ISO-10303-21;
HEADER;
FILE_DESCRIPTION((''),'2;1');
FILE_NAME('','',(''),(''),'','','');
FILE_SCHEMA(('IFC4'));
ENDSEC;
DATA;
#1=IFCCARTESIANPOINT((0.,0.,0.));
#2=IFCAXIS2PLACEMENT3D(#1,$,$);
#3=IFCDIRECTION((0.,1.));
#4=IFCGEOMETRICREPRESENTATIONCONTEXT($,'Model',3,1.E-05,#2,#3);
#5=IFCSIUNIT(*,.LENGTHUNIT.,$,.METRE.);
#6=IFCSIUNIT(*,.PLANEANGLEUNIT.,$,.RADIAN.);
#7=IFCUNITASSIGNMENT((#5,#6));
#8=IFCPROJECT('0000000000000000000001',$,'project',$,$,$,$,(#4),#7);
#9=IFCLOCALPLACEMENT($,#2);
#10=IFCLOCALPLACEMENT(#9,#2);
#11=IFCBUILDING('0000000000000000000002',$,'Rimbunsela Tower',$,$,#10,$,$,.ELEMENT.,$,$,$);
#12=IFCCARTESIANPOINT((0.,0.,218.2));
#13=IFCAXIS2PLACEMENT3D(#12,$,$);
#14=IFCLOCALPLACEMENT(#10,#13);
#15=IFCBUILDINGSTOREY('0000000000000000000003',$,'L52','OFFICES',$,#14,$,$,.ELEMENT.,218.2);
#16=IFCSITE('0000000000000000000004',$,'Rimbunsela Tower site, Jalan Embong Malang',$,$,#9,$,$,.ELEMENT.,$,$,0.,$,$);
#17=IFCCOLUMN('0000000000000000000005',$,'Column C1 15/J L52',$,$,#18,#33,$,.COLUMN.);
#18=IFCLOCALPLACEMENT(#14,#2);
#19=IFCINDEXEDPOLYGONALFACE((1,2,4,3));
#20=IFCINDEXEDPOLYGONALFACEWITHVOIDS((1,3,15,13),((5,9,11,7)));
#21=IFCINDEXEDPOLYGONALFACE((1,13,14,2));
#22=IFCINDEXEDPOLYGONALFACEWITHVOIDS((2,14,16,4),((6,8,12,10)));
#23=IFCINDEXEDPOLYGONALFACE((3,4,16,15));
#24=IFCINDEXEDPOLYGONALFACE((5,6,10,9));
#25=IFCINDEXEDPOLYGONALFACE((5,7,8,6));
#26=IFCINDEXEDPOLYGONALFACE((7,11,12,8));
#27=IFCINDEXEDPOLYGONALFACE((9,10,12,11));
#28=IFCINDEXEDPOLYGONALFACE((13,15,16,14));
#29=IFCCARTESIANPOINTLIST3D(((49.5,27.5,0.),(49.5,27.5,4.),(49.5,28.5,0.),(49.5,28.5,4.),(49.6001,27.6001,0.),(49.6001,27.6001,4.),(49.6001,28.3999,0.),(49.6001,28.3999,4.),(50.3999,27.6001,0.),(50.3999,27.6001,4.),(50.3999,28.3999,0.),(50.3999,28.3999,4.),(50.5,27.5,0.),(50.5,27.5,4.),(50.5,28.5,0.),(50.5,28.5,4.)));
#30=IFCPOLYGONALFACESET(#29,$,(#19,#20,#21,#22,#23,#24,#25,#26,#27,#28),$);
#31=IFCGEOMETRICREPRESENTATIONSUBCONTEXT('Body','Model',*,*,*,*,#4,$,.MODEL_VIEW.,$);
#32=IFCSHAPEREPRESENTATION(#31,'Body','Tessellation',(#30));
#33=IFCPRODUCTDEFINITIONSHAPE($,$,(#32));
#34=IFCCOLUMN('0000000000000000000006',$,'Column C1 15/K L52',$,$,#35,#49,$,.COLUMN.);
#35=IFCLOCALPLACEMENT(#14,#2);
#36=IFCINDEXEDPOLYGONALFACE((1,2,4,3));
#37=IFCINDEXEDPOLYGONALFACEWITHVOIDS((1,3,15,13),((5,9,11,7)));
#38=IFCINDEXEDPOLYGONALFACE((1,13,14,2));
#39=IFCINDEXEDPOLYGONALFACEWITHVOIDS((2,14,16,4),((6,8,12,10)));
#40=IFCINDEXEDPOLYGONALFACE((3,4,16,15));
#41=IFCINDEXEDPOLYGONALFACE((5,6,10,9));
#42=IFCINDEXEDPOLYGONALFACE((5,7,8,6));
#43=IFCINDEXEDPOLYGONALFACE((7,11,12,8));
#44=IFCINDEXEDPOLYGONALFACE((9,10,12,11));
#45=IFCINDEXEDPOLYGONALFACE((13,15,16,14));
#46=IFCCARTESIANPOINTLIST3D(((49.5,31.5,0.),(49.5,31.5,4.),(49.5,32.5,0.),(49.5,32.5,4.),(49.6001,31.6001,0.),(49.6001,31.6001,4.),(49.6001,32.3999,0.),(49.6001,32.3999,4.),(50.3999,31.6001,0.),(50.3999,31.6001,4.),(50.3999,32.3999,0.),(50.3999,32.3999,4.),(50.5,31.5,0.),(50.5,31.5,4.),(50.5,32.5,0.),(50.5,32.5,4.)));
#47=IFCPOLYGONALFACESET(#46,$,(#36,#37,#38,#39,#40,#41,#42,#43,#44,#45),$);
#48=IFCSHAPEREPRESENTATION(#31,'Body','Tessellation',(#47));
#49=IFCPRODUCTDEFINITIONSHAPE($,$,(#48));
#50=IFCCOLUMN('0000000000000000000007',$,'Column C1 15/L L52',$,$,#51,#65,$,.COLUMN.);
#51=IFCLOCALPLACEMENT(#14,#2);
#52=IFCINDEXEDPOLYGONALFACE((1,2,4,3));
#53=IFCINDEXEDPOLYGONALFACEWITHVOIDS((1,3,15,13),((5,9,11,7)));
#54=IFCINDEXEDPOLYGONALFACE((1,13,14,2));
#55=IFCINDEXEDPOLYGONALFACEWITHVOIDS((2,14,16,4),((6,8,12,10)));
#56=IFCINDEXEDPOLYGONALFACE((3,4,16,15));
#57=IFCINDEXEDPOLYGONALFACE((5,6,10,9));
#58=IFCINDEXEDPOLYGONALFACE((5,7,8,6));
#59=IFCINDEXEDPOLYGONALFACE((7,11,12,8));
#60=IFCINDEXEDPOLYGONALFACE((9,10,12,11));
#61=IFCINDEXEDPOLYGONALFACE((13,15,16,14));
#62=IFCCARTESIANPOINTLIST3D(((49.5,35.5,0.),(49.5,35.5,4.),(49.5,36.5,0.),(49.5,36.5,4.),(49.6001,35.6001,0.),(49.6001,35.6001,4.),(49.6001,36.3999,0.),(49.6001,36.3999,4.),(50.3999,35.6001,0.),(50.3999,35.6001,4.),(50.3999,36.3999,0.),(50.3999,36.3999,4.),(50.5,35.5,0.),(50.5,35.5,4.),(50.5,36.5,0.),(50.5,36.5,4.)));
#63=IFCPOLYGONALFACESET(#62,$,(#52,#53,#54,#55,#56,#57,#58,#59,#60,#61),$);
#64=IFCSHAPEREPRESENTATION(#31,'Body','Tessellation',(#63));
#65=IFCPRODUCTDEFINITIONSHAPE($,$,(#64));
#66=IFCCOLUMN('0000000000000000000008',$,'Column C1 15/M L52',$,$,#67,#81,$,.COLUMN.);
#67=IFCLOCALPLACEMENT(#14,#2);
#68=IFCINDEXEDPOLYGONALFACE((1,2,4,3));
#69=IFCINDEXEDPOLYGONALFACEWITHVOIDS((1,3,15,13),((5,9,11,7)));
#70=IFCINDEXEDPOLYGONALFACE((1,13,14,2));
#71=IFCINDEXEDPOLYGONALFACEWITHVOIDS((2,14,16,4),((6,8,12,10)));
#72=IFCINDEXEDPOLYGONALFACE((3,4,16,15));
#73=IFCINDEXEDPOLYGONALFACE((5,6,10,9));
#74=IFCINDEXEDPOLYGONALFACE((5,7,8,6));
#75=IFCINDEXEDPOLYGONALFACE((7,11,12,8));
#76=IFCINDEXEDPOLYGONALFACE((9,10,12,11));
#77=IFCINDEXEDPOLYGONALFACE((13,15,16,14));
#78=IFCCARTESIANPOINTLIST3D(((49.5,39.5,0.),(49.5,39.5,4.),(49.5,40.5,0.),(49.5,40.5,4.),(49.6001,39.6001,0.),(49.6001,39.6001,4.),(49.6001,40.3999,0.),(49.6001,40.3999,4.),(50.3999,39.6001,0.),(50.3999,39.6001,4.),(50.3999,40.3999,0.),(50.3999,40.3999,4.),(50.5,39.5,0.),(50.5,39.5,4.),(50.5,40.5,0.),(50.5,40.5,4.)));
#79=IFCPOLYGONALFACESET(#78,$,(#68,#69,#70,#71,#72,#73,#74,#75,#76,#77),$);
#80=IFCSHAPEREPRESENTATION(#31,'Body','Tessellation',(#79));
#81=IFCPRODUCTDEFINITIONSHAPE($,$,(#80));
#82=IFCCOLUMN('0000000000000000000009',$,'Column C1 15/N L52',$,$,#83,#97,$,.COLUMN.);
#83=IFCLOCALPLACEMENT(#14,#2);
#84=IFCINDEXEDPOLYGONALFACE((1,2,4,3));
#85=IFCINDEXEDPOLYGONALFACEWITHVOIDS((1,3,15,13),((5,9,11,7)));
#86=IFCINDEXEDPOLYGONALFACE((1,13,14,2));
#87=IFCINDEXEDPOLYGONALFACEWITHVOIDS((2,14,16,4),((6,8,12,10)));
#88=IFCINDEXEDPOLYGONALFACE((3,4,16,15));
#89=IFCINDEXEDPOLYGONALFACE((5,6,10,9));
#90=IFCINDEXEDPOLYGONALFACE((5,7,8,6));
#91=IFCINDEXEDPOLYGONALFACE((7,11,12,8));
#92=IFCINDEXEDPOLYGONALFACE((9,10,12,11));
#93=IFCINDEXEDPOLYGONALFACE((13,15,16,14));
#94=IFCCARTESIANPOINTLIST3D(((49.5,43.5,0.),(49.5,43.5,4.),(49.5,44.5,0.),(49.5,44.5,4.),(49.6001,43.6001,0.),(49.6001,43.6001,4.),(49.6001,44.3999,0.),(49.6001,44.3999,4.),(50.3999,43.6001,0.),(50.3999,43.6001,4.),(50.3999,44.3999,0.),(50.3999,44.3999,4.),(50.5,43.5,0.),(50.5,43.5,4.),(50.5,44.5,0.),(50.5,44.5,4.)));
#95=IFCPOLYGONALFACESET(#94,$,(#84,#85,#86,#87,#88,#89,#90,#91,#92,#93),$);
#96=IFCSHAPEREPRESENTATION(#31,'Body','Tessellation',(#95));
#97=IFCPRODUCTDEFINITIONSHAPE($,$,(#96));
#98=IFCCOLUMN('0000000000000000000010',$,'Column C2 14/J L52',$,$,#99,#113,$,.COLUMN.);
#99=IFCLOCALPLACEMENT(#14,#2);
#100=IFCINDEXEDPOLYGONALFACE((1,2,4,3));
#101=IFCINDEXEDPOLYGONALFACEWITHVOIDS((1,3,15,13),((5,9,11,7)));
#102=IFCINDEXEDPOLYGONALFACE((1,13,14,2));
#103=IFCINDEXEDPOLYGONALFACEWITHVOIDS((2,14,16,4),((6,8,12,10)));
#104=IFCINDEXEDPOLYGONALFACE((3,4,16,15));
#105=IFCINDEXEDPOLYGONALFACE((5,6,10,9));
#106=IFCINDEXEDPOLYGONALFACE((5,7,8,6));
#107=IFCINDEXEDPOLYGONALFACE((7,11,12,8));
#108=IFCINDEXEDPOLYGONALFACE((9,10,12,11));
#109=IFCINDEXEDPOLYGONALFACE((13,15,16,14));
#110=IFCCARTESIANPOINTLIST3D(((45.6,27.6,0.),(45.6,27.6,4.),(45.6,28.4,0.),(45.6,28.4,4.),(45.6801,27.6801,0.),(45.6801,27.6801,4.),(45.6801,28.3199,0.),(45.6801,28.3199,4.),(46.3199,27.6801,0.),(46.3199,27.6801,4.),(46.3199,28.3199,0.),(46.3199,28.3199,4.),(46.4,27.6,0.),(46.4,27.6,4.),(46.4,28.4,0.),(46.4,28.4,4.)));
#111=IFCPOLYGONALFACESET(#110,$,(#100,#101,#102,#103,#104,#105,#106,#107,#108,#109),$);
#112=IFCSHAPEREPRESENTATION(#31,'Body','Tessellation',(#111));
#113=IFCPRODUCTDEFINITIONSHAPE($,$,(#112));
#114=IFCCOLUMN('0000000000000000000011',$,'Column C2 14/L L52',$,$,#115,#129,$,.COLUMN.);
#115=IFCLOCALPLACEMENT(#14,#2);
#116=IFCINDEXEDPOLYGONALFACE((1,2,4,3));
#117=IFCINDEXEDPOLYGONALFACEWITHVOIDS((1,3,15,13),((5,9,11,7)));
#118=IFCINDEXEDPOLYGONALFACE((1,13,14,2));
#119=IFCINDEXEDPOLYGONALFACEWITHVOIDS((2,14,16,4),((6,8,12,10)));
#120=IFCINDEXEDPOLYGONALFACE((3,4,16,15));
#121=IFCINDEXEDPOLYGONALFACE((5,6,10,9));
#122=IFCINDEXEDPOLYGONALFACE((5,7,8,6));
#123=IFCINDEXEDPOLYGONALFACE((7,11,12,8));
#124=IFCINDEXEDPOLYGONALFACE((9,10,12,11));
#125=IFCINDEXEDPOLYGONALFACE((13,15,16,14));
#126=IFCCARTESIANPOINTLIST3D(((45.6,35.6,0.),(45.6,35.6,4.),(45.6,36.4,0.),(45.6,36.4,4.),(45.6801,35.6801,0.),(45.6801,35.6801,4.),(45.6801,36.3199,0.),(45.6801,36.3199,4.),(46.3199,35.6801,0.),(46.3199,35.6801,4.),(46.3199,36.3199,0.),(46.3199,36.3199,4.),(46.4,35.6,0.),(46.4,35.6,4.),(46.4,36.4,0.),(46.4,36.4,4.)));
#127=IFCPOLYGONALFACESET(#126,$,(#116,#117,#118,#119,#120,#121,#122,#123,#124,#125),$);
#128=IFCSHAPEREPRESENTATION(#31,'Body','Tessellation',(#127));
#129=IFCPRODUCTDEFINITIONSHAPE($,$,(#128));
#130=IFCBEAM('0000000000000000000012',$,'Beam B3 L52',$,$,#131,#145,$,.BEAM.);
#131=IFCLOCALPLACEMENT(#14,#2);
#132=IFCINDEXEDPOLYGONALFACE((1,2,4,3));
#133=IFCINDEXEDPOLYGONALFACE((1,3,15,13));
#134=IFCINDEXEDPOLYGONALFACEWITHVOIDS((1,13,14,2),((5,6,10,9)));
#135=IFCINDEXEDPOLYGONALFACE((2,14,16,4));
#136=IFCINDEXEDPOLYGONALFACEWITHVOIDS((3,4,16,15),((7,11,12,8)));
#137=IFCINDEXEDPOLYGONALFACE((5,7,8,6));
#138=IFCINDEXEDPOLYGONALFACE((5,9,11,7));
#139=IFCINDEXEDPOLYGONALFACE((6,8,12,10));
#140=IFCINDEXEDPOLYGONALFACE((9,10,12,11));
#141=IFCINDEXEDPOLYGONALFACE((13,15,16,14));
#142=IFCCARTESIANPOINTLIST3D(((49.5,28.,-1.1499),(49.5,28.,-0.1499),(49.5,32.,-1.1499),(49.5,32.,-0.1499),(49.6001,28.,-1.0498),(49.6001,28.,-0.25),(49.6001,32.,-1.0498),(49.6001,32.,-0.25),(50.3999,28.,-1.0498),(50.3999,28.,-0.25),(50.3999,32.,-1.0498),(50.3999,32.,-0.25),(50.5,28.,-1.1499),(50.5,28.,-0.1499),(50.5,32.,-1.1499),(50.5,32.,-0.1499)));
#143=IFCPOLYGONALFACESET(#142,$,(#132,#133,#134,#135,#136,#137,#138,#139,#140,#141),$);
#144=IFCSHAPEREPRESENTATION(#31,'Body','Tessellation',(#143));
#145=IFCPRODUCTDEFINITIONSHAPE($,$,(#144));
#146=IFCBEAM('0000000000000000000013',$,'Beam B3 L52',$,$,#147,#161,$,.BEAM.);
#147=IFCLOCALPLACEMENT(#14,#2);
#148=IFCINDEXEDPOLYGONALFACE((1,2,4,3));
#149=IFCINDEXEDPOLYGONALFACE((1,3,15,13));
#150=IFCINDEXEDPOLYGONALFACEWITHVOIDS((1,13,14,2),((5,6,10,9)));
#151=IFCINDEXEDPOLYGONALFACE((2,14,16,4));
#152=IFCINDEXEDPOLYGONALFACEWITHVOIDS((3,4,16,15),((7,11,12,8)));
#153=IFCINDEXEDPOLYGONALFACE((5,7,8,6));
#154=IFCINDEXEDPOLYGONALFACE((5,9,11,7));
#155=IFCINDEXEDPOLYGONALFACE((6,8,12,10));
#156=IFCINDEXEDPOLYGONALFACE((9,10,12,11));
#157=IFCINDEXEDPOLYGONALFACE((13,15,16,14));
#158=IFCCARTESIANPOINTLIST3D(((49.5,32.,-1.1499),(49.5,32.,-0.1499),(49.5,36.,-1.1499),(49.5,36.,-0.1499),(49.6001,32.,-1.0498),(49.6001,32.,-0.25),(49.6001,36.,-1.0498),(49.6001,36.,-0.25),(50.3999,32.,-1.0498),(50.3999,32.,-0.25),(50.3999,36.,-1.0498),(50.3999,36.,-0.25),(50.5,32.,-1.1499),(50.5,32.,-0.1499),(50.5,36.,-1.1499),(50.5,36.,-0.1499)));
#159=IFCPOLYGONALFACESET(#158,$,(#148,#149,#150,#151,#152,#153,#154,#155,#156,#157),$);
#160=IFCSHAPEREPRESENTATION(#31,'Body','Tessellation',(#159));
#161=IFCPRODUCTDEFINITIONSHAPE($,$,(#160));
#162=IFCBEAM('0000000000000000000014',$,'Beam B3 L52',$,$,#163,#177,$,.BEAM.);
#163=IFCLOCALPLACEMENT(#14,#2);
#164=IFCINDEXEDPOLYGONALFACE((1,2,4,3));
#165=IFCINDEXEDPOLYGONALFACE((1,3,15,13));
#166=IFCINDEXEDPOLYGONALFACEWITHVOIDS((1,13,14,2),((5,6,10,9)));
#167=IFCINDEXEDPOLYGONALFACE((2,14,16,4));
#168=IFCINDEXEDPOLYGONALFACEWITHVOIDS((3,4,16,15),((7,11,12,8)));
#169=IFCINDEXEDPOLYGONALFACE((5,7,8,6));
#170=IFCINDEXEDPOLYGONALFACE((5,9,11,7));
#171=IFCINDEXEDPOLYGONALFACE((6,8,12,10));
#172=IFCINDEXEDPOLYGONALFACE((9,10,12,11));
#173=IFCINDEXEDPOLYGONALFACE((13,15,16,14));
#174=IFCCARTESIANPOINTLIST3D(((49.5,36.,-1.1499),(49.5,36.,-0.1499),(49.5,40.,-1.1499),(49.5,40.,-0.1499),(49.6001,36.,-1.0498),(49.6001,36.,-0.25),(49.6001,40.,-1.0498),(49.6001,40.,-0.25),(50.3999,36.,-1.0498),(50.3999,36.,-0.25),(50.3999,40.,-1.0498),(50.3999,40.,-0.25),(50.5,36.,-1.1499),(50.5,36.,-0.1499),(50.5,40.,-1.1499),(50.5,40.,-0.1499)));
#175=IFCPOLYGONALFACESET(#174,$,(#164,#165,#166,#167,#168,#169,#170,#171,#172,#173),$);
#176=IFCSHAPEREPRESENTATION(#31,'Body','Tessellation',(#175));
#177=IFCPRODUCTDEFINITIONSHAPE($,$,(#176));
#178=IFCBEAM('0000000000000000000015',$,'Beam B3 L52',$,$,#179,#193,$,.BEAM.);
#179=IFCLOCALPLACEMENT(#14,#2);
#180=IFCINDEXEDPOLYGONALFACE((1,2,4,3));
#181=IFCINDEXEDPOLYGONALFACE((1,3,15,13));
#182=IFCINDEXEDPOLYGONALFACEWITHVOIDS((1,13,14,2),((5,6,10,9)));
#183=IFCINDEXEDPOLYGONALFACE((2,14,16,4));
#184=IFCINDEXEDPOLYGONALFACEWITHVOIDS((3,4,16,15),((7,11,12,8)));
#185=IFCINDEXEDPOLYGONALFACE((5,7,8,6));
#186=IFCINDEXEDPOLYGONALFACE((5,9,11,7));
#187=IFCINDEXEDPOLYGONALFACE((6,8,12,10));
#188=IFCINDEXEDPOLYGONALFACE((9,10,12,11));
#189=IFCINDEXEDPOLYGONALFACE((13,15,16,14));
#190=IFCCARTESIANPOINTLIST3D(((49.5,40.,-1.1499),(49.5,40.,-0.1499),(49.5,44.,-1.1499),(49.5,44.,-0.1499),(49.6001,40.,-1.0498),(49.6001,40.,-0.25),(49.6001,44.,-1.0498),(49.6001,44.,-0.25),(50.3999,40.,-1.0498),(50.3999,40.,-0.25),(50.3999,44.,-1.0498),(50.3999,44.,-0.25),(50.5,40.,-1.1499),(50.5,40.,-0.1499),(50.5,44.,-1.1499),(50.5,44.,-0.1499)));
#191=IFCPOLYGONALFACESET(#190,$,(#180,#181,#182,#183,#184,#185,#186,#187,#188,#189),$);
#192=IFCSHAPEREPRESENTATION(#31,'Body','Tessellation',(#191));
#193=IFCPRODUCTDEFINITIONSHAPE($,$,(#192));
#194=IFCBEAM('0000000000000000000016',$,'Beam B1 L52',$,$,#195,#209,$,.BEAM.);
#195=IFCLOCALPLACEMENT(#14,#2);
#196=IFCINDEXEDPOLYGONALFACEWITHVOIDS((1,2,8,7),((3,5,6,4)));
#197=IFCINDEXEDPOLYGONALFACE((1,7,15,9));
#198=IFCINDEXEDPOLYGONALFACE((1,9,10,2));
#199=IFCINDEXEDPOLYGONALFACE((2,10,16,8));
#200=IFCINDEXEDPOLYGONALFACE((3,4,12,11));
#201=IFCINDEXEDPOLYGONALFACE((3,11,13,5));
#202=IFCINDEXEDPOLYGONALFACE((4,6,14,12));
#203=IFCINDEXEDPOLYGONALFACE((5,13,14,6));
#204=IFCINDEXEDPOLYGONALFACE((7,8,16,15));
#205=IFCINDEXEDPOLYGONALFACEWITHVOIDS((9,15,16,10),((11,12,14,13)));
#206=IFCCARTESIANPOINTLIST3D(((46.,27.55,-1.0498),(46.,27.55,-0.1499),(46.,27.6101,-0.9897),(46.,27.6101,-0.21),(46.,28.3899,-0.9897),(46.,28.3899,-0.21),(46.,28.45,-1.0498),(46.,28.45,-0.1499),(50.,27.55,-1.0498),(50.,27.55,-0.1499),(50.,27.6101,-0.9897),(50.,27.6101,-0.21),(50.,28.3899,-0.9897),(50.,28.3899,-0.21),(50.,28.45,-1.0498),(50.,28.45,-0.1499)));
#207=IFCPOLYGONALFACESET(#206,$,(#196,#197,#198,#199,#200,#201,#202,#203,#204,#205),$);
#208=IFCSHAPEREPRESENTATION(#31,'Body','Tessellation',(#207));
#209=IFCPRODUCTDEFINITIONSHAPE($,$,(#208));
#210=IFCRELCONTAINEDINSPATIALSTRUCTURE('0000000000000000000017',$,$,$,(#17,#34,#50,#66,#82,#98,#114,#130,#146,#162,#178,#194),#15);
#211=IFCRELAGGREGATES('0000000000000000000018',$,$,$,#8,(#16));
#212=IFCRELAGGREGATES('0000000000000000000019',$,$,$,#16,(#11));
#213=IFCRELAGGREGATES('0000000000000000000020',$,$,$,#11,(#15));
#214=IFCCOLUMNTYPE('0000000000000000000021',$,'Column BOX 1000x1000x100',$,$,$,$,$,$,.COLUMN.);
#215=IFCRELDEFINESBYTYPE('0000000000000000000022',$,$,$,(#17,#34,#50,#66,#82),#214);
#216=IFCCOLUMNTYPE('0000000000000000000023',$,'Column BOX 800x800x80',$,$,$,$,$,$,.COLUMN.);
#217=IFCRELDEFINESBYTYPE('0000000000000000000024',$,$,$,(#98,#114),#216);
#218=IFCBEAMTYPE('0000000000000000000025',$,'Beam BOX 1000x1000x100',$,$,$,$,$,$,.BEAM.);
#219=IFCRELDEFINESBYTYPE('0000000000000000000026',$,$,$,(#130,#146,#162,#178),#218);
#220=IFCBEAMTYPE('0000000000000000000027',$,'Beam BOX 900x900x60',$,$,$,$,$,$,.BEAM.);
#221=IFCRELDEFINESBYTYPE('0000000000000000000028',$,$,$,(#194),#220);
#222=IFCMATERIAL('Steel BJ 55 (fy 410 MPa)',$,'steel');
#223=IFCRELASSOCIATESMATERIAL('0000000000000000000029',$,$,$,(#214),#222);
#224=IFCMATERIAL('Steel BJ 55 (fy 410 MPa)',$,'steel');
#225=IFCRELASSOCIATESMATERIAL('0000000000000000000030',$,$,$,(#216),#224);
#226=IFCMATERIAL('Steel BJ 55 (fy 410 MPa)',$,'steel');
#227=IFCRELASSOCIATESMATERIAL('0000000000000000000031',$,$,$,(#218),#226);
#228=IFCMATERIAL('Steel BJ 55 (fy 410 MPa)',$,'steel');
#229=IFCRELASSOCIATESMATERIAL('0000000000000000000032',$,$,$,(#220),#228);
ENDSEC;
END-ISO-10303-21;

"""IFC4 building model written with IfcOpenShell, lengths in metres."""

from ifc_helpers import new_model, si_unit, direction, frame, origin, origin_2d, place, context, subcontext, project, spatial, hollow_rectangle, extrude, material, material_profile, profile_set, type_object, element, save


model = new_model("IFC4")

# Units and contexts
model_context = context("Model", 3, precision=1e-05, world=origin(), true_north=direction((0.0, 1.0)))
body_context = subcontext(model_context, "Body", "Model", "MODEL_VIEW")
ifc_project = project(units=[si_unit("LENGTHUNIT", "METRE"), si_unit("PLANEANGLEUNIT", "RADIAN")], contexts=[model_context])

# Site, building, storey
site_placement = place(None, origin())
site = spatial("IfcSite", under=ifc_project, at=site_placement, Name="Rimbunsela Tower site, Jalan Embong Malang", CompositionType="ELEMENT", RefElevation=0.0)
building_placement = place(site_placement, origin())
building = spatial("IfcBuilding", under=site, at=building_placement, Name="Rimbunsela Tower", CompositionType="ELEMENT")
storey_placement = place(building_placement, frame((0.0, 0.0, 218.2)))
storey = spatial("IfcBuildingStorey", under=building, at=storey_placement, Name="L52", Description="OFFICES", CompositionType="ELEMENT", Elevation=218.2)

# Columns
ifc_material_1 = material(Name="Steel BJ 55 (fy 410 MPa)", Category="steel")
ifc_material_profile_1 = material_profile(ifc_material_1, hollow_rectangle(XDim=1.0, YDim=1.0, WallThickness=0.1001, at=origin_2d()), Name="BOX 1000x1000x100")
ifc_profile_set_1 = profile_set([ifc_material_profile_1], Name="Steel BJ 55 (fy 410 MPa)")
column_type_1 = type_object("IfcColumnType", Name="Column BOX 1000x1000x100", PredefinedType="COLUMN", material=ifc_profile_set_1)
for number, where, z_axis, x_axis, name in (
    (1, (50.0, 28.0, 0.0), (0.0, 0.0, 1.0), (1.0, 0.0, 0.0), "Column C1 15/J L52"),
    (2, (50.0, 32.0, 0.0), (0.0, 0.0, 1.0), (1.0, 0.0, 0.0), "Column C1 15/K L52"),
    (3, (50.0, 36.0, 0.0), (0.0, 0.0, 1.0), (1.0, 0.0, 0.0), "Column C1 15/L L52"),
    (4, (50.0, 40.0, 0.0), (0.0, 0.0, 1.0), (1.0, 0.0, 0.0), "Column C1 15/M L52"),
    (5, (50.0, 44.0, 0.0), (0.0, 0.0, 1.0), (1.0, 0.0, 0.0), "Column C1 15/N L52"),
):
    element("IfcColumn", number, at=place(storey_placement, frame(where, z_axis=z_axis, x_axis=x_axis)), inside=storey, type_object=column_type_1, Name=name, PredefinedType="COLUMN", context=body_context, shape_type="SweptSolid", body=[
        extrude(hollow_rectangle(XDim=1.0, YDim=1.0, WallThickness=0.1001, at=origin_2d()), origin(), (0.0, 0.0, 1.0), 4.0),
    ])
ifc_material_2 = material(Name="Steel BJ 55 (fy 410 MPa)", Category="steel")
ifc_material_profile_2 = material_profile(ifc_material_2, hollow_rectangle(XDim=0.8, YDim=0.8, WallThickness=0.0801, at=origin_2d()), Name="BOX 800x800x80")
ifc_profile_set_2 = profile_set([ifc_material_profile_2], Name="Steel BJ 55 (fy 410 MPa)")
column_type_2 = type_object("IfcColumnType", Name="Column BOX 800x800x80", PredefinedType="COLUMN", material=ifc_profile_set_2)
for number, where, z_axis, x_axis, name in (
    (6, (46.0, 28.0, 0.0), (0.0, 0.0, 1.0), (1.0, 0.0, 0.0), "Column C2 14/J L52"),
    (7, (46.0, 36.0, 0.0), (0.0, 0.0, 1.0), (1.0, 0.0, 0.0), "Column C2 14/L L52"),
):
    element("IfcColumn", number, at=place(storey_placement, frame(where, z_axis=z_axis, x_axis=x_axis)), inside=storey, type_object=column_type_2, Name=name, PredefinedType="COLUMN", context=body_context, shape_type="SweptSolid", body=[
        extrude(hollow_rectangle(XDim=0.8, YDim=0.8, WallThickness=0.0801, at=origin_2d()), origin(), (0.0, 0.0, 1.0), 4.0),
    ])

# Beams
ifc_material_3 = material(Name="Steel BJ 55 (fy 410 MPa)", Category="steel")
ifc_material_profile_3 = material_profile(ifc_material_3, hollow_rectangle(XDim=1.0, YDim=1.0, WallThickness=0.1001, at=origin_2d()), Name="BOX 1000x1000x100")
ifc_profile_set_3 = profile_set([ifc_material_profile_3], Name="Steel BJ 55 (fy 410 MPa)")
beam_type_1 = type_object("IfcBeamType", Name="Beam BOX 1000x1000x100", PredefinedType="BEAM", material=ifc_profile_set_3)
for number, where, z_axis, x_axis, name in (
    (8, (50.0, 28.0, -0.6499), (0.0, 1.0, 0.0), (-1.0, 0.0, 0.0), "Beam B3 L52"),
    (9, (50.0, 32.0, -0.6499), (0.0, 1.0, 0.0), (-1.0, 0.0, 0.0), "Beam B3 L52"),
    (10, (50.0, 36.0, -0.6499), (0.0, 1.0, 0.0), (-1.0, 0.0, 0.0), "Beam B3 L52"),
    (11, (50.0, 40.0, -0.6499), (0.0, 1.0, 0.0), (-1.0, 0.0, 0.0), "Beam B3 L52"),
):
    element("IfcBeam", number, at=place(storey_placement, frame(where, z_axis=z_axis, x_axis=x_axis)), inside=storey, type_object=beam_type_1, Name=name, PredefinedType="BEAM", context=body_context, shape_type="SweptSolid", body=[
        extrude(hollow_rectangle(XDim=1.0, YDim=1.0, WallThickness=0.1001, at=origin_2d()), origin(), (0.0, 0.0, 1.0), 4.0),
    ])
ifc_material_4 = material(Name="Steel BJ 55 (fy 410 MPa)", Category="steel")
ifc_material_profile_4 = material_profile(ifc_material_4, hollow_rectangle(XDim=0.8999, YDim=0.8999, WallThickness=0.0601, at=origin_2d()), Name="BOX 900x900x60")
ifc_profile_set_4 = profile_set([ifc_material_profile_4], Name="Steel BJ 55 (fy 410 MPa)")
beam_type_2 = type_object("IfcBeamType", Name="Beam BOX 900x900x60", PredefinedType="BEAM", material=ifc_profile_set_4)
beam_1_placement = place(storey_placement, frame((46.0, 28.0, -0.5999), z_axis=(1.0, 0.0, 0.0), x_axis=(0.0, 1.0, 0.0)))
element("IfcBeam", 12, at=beam_1_placement, inside=storey, type_object=beam_type_2, Name="Beam B1 L52", PredefinedType="BEAM", context=body_context, shape_type="SweptSolid", body=[
    extrude(hollow_rectangle(XDim=0.8999, YDim=0.8999, WallThickness=0.0601, at=origin_2d()), origin(), (0.0, 0.0, 1.0), 4.0),
])

save(model, "model.ifc")
